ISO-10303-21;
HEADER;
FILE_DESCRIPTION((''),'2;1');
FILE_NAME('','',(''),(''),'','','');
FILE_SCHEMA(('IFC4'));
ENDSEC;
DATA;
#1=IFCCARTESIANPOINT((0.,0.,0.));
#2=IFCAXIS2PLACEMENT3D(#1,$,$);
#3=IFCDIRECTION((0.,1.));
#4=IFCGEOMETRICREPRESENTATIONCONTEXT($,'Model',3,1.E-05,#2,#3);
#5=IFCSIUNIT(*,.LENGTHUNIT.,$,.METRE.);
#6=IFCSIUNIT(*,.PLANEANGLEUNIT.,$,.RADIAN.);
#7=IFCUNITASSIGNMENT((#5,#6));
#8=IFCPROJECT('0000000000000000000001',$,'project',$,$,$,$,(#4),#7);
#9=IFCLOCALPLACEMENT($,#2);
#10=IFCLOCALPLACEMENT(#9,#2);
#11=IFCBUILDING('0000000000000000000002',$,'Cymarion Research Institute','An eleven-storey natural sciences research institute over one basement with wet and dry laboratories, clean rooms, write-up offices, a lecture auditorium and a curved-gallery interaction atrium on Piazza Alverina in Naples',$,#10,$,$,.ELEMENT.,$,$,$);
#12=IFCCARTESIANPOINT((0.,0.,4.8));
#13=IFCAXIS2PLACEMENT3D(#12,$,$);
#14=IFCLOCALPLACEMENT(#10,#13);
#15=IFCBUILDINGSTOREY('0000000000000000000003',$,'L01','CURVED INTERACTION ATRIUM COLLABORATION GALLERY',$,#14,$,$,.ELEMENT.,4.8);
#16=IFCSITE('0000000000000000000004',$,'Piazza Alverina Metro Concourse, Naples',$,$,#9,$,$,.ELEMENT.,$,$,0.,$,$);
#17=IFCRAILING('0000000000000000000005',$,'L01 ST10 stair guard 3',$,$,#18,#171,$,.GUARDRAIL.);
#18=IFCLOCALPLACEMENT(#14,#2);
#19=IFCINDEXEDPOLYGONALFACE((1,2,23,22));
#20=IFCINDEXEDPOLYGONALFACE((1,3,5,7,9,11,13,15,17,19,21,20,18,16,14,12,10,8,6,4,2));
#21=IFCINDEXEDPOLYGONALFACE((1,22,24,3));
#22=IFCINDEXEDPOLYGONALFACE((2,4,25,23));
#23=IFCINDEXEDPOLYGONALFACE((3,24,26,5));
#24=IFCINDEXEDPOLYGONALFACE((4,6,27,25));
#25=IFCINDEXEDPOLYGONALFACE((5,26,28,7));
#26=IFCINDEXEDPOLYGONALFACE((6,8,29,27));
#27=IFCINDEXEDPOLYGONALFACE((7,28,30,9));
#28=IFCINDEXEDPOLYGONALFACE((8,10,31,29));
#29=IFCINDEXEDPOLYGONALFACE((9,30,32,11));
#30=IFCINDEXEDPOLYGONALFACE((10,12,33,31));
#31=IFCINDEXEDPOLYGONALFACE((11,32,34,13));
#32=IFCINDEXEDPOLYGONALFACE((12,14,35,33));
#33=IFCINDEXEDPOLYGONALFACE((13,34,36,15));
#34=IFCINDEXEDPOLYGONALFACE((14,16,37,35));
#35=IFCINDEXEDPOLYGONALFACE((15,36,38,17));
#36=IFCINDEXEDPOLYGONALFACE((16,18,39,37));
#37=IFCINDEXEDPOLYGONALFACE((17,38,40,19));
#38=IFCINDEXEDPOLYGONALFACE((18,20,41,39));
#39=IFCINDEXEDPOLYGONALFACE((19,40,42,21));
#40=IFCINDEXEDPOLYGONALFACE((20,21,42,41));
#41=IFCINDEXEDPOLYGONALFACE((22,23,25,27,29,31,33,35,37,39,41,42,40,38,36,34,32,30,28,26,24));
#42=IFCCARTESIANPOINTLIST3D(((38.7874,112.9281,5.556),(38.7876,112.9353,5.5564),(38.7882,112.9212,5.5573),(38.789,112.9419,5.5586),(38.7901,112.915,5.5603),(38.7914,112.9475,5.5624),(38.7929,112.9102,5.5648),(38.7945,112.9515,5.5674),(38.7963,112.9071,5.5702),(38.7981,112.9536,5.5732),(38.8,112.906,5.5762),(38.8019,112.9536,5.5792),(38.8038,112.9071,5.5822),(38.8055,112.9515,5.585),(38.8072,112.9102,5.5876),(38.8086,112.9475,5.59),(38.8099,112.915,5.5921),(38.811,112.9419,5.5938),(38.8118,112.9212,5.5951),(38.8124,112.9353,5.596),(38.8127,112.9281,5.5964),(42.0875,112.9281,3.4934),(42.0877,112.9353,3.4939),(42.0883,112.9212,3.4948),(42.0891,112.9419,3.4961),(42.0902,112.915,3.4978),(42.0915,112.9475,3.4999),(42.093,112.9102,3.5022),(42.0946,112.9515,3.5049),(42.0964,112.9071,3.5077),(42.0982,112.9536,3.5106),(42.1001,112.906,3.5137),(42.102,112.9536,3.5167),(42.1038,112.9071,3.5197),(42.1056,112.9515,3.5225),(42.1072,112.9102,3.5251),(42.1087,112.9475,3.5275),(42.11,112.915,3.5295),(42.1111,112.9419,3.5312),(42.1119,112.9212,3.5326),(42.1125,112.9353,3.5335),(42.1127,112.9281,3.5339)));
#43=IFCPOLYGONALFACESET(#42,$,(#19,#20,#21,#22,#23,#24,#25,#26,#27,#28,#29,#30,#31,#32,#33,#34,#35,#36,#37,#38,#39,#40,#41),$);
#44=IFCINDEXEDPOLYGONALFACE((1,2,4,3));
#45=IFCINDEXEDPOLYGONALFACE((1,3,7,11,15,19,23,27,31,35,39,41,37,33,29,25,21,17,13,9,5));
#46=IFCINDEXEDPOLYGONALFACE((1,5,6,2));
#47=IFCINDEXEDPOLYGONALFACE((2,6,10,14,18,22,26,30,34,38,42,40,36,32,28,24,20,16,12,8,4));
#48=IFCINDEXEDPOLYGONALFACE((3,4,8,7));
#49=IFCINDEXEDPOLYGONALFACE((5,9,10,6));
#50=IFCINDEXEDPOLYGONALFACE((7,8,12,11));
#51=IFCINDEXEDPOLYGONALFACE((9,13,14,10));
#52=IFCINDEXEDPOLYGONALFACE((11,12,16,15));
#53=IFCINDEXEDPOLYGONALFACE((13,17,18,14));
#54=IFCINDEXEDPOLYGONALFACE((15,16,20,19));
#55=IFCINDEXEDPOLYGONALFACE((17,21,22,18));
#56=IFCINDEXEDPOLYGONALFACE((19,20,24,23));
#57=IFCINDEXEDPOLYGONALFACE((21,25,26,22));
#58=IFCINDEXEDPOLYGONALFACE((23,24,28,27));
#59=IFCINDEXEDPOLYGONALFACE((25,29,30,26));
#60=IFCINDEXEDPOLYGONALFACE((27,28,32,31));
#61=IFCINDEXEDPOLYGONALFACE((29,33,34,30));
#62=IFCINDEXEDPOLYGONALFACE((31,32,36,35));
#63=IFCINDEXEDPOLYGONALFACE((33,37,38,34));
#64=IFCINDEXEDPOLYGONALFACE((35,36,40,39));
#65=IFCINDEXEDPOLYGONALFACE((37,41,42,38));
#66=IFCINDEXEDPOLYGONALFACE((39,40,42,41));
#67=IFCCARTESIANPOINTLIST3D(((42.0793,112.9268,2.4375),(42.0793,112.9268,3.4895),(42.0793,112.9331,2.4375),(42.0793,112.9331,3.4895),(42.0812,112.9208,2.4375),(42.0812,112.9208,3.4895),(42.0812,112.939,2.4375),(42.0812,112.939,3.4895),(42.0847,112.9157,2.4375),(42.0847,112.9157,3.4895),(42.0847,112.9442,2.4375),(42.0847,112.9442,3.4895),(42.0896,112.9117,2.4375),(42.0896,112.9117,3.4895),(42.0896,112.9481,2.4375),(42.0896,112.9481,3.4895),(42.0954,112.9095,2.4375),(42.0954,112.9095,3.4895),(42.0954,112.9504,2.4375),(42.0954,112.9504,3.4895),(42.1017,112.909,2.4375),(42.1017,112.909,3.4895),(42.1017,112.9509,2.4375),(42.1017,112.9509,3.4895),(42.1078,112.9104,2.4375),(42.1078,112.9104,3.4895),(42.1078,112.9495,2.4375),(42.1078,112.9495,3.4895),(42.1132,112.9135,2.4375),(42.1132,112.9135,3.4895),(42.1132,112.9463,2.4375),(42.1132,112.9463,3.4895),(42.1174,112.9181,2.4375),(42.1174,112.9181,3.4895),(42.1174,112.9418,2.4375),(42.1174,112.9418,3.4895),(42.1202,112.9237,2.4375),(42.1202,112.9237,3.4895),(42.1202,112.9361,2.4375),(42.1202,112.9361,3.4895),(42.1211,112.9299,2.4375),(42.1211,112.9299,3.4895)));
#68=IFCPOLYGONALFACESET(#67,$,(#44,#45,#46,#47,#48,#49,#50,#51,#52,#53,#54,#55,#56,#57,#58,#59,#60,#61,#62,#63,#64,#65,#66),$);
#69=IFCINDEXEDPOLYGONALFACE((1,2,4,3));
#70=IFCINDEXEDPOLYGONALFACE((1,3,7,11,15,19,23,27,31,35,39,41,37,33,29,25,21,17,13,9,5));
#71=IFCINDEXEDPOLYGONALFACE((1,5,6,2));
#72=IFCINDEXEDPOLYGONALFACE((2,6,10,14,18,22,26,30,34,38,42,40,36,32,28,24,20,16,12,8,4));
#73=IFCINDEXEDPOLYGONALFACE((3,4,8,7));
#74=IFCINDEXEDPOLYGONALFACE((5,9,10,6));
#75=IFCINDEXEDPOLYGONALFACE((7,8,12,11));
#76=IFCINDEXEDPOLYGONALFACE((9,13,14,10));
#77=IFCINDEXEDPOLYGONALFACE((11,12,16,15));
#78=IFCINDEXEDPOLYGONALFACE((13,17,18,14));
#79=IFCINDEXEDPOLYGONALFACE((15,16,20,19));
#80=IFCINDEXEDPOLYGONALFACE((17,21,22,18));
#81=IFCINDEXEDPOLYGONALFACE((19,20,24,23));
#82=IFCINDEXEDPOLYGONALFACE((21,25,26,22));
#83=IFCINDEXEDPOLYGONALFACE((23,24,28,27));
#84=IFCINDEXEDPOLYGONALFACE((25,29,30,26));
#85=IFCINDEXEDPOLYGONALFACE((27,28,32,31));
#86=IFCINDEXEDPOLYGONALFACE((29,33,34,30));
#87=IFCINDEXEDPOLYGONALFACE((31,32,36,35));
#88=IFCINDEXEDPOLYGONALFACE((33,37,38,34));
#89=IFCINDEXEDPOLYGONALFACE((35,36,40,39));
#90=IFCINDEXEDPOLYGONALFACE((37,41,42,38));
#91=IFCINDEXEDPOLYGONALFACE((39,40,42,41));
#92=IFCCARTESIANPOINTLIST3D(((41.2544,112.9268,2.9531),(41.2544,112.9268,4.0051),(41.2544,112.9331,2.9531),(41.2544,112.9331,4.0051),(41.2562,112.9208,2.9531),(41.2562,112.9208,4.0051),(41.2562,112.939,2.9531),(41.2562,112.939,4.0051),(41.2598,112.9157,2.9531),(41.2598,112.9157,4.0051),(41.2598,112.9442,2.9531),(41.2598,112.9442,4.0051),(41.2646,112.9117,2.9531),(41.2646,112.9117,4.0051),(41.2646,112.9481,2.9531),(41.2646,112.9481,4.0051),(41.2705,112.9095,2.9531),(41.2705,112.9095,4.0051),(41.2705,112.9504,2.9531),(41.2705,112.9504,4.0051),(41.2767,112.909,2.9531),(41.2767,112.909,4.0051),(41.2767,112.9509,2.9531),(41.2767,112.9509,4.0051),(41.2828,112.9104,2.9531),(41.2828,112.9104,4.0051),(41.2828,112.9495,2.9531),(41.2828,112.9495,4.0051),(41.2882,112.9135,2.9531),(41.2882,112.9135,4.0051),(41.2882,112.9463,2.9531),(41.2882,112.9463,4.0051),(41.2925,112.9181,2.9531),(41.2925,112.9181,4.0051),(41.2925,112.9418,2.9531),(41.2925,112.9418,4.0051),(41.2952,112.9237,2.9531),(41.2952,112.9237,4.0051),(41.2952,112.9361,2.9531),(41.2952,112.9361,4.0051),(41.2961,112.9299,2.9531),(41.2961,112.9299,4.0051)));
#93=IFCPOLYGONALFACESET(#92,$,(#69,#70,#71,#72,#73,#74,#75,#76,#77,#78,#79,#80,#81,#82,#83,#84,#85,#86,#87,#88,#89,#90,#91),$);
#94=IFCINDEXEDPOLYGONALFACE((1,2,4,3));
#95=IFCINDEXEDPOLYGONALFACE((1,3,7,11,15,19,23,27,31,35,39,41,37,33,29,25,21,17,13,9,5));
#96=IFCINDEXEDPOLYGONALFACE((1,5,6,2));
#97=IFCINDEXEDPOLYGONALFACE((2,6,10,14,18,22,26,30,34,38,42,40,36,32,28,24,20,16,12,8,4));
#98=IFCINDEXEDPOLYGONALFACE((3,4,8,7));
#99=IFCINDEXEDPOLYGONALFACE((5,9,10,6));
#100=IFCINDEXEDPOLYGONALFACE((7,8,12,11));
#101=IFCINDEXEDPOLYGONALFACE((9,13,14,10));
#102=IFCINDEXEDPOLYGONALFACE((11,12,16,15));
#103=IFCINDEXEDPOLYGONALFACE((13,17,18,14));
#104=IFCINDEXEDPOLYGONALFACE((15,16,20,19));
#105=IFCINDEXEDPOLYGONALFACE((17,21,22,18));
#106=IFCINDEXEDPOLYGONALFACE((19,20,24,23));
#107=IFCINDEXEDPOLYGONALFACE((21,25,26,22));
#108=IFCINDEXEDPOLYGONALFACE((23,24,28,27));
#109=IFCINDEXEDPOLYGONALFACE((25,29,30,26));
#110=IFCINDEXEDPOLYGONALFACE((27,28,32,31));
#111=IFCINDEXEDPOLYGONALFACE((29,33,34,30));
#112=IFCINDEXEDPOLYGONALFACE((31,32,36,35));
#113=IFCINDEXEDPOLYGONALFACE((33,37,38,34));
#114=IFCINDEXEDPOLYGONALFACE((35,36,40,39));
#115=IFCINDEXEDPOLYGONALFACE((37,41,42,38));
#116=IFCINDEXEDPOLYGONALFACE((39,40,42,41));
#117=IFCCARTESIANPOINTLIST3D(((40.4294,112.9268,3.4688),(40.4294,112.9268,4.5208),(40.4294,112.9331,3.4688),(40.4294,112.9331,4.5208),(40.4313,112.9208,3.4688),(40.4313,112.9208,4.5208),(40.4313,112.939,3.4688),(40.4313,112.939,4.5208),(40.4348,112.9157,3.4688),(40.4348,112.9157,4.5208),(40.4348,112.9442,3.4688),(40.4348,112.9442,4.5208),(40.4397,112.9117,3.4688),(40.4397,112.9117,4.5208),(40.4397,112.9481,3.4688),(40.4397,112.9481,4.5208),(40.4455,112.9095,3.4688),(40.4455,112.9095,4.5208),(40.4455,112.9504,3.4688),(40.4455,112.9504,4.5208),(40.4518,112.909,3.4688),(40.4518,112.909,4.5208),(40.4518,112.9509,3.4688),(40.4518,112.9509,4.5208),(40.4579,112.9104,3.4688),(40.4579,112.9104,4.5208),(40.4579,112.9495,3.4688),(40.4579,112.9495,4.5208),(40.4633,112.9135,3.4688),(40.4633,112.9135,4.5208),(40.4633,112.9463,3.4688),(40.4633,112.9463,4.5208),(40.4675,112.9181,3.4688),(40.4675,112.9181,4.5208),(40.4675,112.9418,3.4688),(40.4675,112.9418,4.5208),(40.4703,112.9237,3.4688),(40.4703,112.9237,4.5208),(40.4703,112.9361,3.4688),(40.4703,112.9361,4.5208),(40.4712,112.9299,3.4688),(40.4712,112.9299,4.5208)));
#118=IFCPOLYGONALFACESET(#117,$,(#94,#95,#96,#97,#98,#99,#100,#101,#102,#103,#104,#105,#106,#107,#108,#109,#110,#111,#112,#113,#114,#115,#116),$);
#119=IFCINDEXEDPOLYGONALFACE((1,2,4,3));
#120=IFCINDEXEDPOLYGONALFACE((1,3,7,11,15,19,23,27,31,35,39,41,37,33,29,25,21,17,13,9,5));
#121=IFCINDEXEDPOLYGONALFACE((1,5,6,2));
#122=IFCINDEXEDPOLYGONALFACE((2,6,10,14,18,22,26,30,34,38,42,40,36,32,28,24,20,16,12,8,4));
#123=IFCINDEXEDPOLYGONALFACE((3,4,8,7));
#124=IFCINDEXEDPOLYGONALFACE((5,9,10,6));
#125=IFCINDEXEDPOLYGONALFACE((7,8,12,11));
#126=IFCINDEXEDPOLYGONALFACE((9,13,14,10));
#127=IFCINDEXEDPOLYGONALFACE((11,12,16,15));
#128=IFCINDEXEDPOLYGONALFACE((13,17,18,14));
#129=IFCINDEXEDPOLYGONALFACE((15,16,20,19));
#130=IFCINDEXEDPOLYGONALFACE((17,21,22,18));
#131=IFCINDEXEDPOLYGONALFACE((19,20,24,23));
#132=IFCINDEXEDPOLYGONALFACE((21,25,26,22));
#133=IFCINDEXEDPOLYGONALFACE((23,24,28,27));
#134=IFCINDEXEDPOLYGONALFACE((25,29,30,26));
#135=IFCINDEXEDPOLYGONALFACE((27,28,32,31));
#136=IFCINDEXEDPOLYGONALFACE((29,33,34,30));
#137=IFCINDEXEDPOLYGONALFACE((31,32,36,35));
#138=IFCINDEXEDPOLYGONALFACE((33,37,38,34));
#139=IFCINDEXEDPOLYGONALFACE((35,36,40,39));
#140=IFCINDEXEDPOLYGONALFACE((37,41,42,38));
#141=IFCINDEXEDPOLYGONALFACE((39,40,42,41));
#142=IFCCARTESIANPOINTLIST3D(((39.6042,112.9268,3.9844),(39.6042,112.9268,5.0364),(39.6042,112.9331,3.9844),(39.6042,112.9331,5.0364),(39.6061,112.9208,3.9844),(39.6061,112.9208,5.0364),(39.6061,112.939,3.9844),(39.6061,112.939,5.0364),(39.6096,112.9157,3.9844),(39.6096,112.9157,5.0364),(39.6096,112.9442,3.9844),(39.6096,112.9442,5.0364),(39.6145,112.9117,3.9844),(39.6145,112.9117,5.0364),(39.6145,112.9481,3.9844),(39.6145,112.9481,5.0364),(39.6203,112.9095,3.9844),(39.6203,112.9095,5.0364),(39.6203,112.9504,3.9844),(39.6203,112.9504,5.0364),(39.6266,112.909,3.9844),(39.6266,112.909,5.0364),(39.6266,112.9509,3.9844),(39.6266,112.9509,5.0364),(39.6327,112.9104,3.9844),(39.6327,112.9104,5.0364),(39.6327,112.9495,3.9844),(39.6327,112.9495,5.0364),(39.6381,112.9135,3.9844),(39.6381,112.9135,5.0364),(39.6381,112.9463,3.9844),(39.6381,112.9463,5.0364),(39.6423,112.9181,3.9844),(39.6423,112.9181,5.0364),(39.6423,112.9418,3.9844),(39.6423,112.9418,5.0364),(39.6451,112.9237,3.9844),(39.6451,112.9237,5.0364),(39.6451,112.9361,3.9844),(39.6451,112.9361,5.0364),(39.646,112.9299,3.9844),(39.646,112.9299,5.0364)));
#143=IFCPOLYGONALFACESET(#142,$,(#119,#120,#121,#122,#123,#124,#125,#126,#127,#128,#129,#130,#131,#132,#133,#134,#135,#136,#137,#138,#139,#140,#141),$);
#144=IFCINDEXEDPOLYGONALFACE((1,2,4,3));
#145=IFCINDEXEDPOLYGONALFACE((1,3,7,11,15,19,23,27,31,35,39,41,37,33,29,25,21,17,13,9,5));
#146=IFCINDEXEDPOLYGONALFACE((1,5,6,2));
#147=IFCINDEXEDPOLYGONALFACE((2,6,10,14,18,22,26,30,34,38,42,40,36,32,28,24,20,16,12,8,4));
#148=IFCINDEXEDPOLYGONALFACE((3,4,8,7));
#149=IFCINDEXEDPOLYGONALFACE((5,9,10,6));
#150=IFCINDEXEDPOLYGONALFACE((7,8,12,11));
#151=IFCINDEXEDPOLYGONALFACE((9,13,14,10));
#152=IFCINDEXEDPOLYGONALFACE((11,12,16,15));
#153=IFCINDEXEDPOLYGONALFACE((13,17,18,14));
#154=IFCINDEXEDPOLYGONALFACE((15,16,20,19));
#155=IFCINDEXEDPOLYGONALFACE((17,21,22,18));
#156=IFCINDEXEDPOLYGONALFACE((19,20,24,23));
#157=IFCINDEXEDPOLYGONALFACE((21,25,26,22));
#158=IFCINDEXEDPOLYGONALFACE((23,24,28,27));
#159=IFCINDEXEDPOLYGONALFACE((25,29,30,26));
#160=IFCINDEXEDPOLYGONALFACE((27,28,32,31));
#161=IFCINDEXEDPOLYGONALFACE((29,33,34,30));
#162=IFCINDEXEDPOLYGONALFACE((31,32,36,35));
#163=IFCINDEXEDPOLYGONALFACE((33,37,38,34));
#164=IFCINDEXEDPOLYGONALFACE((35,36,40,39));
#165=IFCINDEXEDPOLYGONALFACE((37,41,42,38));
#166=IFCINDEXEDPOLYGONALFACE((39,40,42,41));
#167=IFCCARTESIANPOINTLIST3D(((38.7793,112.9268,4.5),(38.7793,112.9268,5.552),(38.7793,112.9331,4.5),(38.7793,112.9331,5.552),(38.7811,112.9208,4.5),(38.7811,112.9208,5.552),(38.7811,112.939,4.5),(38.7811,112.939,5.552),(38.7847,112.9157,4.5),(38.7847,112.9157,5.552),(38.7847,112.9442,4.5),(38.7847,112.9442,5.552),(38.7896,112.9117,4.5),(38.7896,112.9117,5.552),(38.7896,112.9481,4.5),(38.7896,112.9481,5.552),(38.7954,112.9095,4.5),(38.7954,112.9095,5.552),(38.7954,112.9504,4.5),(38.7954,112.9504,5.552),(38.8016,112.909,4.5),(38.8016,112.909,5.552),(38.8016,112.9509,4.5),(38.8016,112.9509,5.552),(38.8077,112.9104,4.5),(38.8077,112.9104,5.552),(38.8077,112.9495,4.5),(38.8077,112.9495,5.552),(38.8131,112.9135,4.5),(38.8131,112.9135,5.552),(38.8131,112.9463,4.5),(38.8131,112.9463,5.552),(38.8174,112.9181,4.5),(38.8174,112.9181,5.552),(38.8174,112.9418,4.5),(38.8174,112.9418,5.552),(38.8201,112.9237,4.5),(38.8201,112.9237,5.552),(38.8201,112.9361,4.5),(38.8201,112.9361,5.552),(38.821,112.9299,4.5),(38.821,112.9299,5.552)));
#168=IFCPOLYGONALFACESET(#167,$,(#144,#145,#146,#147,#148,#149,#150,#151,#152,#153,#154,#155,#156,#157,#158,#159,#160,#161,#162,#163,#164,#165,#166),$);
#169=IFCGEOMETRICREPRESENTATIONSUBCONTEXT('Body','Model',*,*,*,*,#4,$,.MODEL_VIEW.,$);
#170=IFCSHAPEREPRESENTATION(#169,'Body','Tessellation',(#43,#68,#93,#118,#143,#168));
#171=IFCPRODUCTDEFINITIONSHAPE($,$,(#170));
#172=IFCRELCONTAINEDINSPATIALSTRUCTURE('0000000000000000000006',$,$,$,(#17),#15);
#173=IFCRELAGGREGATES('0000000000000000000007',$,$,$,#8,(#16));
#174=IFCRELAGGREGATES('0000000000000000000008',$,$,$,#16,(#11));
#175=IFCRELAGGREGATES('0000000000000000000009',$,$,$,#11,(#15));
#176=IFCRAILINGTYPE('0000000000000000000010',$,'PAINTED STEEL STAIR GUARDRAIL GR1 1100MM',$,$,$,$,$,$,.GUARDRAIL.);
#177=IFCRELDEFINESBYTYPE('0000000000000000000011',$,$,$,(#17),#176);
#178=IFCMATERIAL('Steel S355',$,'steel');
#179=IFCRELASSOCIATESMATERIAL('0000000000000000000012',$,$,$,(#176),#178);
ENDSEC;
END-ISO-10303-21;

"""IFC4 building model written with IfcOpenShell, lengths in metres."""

from ifc_helpers import new_model, si_unit, direction, frame, origin, origin_2d, place, context, subcontext, project, spatial, circle, extrude, material, type_object, element, save


model = new_model("IFC4")

# Units and contexts
model_context = context("Model", 3, precision=1e-05, world=origin(), true_north=direction((0.0, 1.0)))
body_context = subcontext(model_context, "Body", "Model", "MODEL_VIEW")
ifc_project = project(units=[si_unit("LENGTHUNIT", "METRE"), si_unit("PLANEANGLEUNIT", "RADIAN")], contexts=[model_context])

# Site, building, storey
site_placement = place(None, origin())
site = spatial("IfcSite", under=ifc_project, at=site_placement, Name="Piazza Alverina Metro Concourse, Naples", CompositionType="ELEMENT", RefElevation=0.0)
building_placement = place(site_placement, origin())
building = spatial("IfcBuilding", under=site, at=building_placement, Name="Cymarion Research Institute", Description="An eleven-storey natural sciences research institute over one basement with wet and dry laboratories, clean rooms, write-up offices, a lecture auditorium and a curved-gallery interaction atrium on Piazza Alverina in Naples", CompositionType="ELEMENT")
storey_placement = place(building_placement, frame((0.0, 0.0, 4.8)))
storey = spatial("IfcBuildingStorey", under=building, at=storey_placement, Name="L01", Description="CURVED INTERACTION ATRIUM COLLABORATION GALLERY", CompositionType="ELEMENT", Elevation=4.8)

# Shared definitions
ifc_material_1 = material(Name="Steel S355", Category="steel")

# Railing
railing_type_1 = type_object("IfcRailingType", Name="PAINTED STEEL STAIR GUARDRAIL GR1 1100MM", PredefinedType="GUARDRAIL", material=ifc_material_1)
railing_1_placement = place(storey_placement, frame((42.1001, 112.9299, 2.4375)))
element("IfcRailing", 1, at=railing_1_placement, inside=storey, type_object=railing_type_1, Name="L01 ST10 stair guard 3", PredefinedType="GUARDRAIL", context=body_context, shape_type="SweptSolid", body=[
    extrude(circle(Radius=0.0239, at=origin_2d()), frame((0.0, 0.0, 1.0762), z_axis=(-0.848002, 0.0, 0.529993), x_axis=(0.0, -1.0, 0.0)), (0.0, 0.0, 1.0), 3.8916),
    extrude(circle(Radius=0.021, at=origin_2d()), origin(), (0.0, 0.0, 1.0), 1.052),
    extrude(circle(Radius=0.021, at=origin_2d()), frame((-0.825, 0.0, 0.5156)), (0.0, 0.0, 1.0), 1.052),
    extrude(circle(Radius=0.021, at=origin_2d()), frame((-1.6499, 0.0, 1.0312)), (0.0, 0.0, 1.0), 1.052),
    extrude(circle(Radius=0.021, at=origin_2d()), frame((-2.4751, 0.0, 1.5469)), (0.0, 0.0, 1.0), 1.052),
    extrude(circle(Radius=0.021, at=origin_2d()), frame((-3.3, 0.0, 2.0625)), (0.0, 0.0, 1.0), 1.052),
])

save(model, "model.ifc")
